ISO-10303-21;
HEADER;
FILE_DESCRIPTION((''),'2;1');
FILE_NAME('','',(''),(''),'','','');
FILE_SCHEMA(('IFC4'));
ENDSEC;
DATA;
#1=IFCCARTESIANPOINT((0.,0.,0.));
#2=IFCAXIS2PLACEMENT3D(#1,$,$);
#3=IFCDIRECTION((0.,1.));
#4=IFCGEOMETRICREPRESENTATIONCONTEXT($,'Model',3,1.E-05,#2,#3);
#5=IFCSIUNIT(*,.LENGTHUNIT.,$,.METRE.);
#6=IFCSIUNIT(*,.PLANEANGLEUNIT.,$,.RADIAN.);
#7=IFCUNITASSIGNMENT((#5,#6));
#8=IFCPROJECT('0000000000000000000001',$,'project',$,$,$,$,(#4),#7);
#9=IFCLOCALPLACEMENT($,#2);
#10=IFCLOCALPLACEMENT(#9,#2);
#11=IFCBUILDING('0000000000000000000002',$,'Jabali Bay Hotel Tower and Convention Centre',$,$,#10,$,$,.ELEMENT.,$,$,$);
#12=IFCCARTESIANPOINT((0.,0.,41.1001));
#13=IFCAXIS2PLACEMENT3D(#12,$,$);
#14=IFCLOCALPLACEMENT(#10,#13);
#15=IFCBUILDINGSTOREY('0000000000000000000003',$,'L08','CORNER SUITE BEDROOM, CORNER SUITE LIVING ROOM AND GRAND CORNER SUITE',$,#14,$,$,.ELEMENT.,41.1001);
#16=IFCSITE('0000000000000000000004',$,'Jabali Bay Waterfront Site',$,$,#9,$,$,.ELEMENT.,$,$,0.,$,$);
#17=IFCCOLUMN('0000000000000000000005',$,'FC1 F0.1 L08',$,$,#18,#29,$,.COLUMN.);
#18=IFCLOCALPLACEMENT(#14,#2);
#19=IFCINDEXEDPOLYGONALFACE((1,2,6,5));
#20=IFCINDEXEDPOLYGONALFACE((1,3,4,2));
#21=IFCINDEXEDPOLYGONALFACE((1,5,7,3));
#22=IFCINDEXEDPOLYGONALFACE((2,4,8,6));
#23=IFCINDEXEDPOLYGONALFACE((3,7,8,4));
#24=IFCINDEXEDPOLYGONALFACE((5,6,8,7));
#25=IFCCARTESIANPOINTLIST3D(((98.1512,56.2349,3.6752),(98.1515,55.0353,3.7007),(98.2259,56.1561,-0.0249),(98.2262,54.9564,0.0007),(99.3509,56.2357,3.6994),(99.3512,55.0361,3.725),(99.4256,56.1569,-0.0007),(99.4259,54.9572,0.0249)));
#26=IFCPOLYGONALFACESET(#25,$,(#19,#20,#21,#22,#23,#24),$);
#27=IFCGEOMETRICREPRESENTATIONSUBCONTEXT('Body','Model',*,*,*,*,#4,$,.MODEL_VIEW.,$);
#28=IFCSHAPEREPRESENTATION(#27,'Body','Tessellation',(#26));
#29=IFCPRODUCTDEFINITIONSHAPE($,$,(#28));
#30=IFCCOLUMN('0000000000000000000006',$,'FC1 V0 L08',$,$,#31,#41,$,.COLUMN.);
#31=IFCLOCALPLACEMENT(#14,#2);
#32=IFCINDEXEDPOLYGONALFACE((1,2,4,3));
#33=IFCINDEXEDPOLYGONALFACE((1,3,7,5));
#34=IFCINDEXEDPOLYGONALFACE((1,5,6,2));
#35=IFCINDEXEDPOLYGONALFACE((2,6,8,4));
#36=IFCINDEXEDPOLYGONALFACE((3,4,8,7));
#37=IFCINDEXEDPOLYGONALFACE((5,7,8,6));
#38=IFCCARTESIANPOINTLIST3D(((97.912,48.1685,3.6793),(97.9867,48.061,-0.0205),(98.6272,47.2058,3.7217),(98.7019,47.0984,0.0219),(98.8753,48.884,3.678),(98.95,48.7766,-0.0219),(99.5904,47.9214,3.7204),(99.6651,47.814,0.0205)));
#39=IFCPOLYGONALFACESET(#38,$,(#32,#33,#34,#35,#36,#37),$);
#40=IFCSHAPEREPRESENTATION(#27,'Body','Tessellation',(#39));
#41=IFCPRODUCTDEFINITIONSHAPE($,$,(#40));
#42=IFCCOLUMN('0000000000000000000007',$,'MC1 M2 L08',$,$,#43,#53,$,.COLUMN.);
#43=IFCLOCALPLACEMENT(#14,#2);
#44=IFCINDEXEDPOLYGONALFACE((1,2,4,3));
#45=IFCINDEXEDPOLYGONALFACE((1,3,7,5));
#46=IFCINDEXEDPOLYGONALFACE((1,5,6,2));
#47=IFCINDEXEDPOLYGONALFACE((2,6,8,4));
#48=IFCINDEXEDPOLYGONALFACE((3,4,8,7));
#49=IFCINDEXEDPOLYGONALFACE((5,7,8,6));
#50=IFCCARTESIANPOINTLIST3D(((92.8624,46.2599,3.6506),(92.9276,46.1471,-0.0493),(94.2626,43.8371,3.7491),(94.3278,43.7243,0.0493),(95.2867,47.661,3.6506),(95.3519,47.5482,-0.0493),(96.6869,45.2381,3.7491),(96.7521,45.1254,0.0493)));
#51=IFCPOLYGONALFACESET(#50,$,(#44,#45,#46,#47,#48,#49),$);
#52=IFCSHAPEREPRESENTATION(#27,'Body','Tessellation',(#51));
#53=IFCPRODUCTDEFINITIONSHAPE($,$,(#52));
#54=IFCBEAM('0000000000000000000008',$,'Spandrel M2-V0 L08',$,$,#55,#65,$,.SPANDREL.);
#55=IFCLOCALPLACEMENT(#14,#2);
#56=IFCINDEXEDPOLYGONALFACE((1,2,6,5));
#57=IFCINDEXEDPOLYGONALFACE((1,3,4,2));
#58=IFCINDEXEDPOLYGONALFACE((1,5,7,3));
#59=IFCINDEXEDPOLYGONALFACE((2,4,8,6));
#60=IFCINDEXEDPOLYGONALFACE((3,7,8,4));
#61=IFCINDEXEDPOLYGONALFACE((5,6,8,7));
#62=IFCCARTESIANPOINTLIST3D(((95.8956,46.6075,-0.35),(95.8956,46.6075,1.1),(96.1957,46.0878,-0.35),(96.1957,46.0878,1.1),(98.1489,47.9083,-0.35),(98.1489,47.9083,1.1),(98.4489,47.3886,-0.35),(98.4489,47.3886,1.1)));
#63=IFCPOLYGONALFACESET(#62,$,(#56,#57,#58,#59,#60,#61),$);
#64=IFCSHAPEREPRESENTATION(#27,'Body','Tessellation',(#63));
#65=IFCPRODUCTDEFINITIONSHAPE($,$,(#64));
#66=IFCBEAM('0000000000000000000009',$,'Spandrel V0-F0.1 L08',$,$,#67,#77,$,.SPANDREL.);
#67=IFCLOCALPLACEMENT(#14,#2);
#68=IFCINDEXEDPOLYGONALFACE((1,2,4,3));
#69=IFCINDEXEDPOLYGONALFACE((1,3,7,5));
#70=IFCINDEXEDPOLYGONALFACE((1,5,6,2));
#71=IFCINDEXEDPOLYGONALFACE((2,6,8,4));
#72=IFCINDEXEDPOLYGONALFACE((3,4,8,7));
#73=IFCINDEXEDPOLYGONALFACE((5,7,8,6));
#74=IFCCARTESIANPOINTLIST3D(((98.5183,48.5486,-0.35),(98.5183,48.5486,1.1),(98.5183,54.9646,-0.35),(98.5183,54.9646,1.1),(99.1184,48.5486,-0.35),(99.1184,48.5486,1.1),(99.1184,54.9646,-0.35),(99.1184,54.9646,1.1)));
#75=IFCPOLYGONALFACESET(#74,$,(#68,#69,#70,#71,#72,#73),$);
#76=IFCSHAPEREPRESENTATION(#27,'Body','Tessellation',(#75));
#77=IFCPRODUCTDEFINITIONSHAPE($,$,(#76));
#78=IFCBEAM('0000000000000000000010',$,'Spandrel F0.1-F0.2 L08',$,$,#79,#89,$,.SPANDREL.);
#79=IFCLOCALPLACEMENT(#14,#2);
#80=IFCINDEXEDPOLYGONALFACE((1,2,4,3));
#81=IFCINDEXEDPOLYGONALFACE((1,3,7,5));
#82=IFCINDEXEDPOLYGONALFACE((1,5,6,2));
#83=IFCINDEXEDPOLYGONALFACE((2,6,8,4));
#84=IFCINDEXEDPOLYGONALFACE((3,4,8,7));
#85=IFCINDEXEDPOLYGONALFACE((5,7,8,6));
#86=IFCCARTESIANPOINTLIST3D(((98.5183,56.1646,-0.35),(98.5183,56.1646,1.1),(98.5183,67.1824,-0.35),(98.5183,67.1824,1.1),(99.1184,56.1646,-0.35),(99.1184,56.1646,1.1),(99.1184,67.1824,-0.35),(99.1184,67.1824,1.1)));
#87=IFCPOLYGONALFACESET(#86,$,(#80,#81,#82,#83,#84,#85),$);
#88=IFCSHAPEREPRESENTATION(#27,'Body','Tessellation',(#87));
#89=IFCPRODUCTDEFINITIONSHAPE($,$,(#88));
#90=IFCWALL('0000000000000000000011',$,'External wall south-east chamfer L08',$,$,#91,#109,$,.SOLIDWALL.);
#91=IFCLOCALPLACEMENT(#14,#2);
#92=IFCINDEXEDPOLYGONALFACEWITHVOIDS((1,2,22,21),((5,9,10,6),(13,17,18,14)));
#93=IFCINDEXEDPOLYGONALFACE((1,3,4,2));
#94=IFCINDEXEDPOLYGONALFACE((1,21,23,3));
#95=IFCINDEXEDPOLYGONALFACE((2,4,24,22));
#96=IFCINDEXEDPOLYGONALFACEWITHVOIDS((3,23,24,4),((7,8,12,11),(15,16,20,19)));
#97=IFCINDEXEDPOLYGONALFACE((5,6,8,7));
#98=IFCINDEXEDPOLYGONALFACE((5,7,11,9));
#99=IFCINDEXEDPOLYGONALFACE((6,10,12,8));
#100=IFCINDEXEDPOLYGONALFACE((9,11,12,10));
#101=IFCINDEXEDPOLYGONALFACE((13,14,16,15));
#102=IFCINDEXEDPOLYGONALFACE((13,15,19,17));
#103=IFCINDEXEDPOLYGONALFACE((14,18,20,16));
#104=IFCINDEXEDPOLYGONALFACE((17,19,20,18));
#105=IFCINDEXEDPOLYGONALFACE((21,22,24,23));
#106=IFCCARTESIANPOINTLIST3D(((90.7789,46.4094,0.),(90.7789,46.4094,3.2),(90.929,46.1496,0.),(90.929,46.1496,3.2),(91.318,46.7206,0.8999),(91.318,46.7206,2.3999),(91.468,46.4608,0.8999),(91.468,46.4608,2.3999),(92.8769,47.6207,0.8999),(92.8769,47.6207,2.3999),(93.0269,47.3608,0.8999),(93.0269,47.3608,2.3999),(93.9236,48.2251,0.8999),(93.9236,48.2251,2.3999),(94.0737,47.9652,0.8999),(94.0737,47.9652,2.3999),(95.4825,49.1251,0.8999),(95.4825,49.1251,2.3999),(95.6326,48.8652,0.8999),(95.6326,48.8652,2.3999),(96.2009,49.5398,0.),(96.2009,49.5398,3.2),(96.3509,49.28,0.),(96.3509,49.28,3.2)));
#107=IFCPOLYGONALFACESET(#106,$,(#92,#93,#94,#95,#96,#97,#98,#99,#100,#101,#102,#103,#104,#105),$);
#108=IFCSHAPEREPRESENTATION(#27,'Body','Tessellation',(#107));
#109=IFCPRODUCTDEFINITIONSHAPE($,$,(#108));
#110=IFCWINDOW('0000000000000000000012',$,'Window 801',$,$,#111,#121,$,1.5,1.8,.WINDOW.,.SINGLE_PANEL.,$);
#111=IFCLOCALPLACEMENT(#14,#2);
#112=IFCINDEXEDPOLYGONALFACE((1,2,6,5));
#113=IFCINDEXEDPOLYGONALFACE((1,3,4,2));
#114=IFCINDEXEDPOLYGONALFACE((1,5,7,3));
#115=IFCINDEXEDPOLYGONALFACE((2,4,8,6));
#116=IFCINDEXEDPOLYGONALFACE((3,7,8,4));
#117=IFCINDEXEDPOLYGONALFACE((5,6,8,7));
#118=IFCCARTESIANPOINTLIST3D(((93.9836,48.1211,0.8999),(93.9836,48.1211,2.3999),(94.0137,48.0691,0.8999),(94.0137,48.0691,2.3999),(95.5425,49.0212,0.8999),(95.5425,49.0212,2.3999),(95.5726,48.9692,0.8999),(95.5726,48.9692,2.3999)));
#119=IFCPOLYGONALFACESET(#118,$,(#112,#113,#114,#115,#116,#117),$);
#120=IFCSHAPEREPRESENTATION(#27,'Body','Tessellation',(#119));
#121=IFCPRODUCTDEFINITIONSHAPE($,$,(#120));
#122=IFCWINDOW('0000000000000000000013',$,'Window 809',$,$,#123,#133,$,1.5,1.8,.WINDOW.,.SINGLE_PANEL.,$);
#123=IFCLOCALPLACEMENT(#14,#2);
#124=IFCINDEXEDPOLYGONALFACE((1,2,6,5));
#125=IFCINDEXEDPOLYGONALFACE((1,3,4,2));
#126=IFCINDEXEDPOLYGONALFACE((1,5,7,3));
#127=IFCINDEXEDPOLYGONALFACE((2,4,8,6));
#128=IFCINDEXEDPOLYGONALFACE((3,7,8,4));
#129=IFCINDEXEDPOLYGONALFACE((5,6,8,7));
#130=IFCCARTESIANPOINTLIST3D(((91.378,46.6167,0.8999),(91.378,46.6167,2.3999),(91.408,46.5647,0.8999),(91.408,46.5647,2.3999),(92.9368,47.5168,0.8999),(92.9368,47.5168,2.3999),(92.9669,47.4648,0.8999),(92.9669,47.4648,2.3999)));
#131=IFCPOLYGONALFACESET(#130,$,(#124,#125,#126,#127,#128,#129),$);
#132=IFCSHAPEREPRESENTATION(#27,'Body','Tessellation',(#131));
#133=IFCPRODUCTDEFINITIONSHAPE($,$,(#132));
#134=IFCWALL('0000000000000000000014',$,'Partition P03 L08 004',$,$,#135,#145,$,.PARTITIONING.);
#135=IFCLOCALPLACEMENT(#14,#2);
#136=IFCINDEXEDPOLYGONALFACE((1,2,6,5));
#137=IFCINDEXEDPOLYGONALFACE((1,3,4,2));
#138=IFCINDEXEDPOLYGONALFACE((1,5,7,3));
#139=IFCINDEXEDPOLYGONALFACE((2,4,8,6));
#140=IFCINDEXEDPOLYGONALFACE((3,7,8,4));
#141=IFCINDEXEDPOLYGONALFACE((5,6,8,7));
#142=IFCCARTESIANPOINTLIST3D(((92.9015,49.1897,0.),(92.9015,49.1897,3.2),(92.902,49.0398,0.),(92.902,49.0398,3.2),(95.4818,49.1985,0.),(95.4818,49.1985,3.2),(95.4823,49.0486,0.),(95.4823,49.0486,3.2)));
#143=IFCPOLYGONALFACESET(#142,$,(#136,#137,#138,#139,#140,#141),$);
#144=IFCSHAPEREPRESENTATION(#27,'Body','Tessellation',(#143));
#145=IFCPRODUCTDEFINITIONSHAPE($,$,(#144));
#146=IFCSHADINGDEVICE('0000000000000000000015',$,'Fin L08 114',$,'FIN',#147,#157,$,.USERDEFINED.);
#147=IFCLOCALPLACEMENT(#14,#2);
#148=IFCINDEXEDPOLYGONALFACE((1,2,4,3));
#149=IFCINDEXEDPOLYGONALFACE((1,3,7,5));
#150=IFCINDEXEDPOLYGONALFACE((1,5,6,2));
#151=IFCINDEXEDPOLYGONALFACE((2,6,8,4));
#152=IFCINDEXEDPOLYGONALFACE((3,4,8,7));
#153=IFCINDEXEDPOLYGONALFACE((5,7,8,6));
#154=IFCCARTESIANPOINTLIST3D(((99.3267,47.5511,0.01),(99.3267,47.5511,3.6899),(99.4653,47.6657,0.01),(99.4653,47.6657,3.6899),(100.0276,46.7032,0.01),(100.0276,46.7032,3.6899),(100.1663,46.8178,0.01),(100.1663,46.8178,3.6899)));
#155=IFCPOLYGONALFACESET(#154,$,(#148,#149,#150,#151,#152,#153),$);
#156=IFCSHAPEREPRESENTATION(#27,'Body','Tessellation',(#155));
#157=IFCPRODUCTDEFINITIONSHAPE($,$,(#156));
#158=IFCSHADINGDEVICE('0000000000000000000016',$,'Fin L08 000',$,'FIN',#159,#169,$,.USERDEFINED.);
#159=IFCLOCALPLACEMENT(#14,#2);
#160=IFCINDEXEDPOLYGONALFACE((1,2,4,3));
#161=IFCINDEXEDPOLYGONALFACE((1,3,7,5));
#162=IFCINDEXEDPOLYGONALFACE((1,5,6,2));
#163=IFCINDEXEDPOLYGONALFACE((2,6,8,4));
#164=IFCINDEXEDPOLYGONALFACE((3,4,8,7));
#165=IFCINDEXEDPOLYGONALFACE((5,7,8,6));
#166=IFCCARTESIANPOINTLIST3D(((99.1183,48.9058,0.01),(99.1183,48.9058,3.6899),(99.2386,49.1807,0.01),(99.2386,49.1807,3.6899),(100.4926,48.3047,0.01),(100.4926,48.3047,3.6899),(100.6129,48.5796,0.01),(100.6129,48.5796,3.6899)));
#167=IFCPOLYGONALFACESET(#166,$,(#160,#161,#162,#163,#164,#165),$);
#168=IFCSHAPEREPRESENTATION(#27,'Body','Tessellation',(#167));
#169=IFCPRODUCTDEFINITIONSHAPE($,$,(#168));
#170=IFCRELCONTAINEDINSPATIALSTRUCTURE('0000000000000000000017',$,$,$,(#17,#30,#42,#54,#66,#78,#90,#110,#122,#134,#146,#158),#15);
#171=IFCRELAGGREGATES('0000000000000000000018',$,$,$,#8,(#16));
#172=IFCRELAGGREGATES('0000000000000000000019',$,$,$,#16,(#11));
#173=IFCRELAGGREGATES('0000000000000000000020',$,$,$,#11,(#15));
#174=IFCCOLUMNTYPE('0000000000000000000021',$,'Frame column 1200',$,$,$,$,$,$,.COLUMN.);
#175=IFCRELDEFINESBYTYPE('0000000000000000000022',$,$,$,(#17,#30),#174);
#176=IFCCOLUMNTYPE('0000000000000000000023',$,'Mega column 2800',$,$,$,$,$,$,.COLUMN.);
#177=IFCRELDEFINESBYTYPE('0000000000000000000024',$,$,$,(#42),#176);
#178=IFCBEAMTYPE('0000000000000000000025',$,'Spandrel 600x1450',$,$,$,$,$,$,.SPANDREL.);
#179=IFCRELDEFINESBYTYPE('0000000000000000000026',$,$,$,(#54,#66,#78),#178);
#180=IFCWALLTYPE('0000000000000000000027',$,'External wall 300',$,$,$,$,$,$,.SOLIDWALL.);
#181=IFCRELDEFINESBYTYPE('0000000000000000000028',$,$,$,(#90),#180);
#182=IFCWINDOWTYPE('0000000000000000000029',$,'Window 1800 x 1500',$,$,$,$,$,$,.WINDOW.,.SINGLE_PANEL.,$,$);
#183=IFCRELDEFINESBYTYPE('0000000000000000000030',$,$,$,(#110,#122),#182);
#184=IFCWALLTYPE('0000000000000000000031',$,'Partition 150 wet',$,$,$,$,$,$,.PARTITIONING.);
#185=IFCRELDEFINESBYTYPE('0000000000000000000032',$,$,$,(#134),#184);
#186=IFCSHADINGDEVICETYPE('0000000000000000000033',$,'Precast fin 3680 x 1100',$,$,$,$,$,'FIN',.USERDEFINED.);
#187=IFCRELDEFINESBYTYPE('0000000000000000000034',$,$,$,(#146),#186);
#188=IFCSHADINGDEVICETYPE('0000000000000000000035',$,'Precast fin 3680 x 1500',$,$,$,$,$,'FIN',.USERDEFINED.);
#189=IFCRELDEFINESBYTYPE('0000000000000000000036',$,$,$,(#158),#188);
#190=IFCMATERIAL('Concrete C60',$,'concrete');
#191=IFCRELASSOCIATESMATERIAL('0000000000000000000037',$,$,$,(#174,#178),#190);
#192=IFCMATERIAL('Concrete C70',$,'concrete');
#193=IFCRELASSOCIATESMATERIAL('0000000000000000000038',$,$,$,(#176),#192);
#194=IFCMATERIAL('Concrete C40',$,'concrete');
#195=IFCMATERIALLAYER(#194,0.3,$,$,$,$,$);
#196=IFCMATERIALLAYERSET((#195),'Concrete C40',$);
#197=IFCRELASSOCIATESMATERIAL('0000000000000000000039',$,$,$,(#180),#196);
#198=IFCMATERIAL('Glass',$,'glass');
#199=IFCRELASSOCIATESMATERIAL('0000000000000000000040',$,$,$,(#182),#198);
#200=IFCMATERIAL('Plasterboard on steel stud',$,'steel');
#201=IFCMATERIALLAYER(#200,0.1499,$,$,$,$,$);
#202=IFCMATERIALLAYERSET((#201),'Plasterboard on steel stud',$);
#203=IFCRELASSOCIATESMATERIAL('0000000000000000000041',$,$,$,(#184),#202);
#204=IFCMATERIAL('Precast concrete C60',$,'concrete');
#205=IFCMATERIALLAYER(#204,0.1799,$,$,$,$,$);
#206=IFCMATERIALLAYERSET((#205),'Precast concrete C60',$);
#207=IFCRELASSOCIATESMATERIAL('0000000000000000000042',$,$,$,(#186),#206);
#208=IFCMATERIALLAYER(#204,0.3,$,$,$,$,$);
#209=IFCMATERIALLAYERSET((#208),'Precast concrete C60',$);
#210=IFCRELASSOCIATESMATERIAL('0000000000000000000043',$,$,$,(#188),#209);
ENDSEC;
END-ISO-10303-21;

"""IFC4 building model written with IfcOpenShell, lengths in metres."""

from ifc_helpers import new_model, si_unit, direction, frame, frame_2d, origin, origin_2d, place, context, subcontext, project, spatial, rectangle, extrude, material, layer, layer_set, material_profile, profile_set, type_object, element, fill, save


model = new_model("IFC4")

# Units and contexts
model_context = context("Model", 3, precision=1e-05, world=origin(), true_north=direction((0.0, 1.0)))
body_context = subcontext(model_context, "Body", "Model", "MODEL_VIEW")
ifc_project = project(units=[si_unit("LENGTHUNIT", "METRE"), si_unit("PLANEANGLEUNIT", "RADIAN")], contexts=[model_context])

# Site, building, storey
site_placement = place(None, origin())
site = spatial("IfcSite", under=ifc_project, at=site_placement, Name="Jabali Bay Waterfront Site", CompositionType="ELEMENT", RefElevation=0.0)
building_placement = place(site_placement, origin())
building = spatial("IfcBuilding", under=site, at=building_placement, Name="Jabali Bay Hotel Tower and Convention Centre", CompositionType="ELEMENT")
storey_placement = place(building_placement, frame((0.0, 0.0, 41.1001)))
storey = spatial("IfcBuildingStorey", under=building, at=storey_placement, Name="L08", Description="CORNER SUITE BEDROOM, CORNER SUITE LIVING ROOM AND GRAND CORNER SUITE", CompositionType="ELEMENT", Elevation=41.1001)

# Columns
ifc_material_1 = material(Name="Concrete C60", Category="concrete")
ifc_material_profile_1 = material_profile(ifc_material_1, rectangle(XDim=1.2, YDim=1.2, at=origin_2d()), Name="Frame column 1200")
ifc_profile_set_1 = profile_set([ifc_material_profile_1], Name="Concrete C60")
column_type_1 = type_object("IfcColumnType", Name="Frame column 1200", PredefinedType="COLUMN", material=ifc_profile_set_1)
column_1_placement = place(storey_placement, frame((98.8259, 55.5566, 0.0), z_axis=(-0.020183, 0.021304, 0.999569), x_axis=(0.000228, -0.999773, 0.021313)))
element("IfcColumn", 1, at=column_1_placement, inside=storey, type_object=column_type_1, Name="FC1 F0.1 L08", PredefinedType="COLUMN", context=body_context, shape_type="SweptSolid", body=[
    extrude(rectangle(XDim=1.2, YDim=1.2, at=origin_2d()), origin(), (0.0, 0.0, 1.0), 3.7017),
])
column_2_placement = place(storey_placement, frame((98.8259, 47.9375, 0.0), z_axis=(-0.020179, 0.029015, 0.999375), x_axis=(-0.802752, -0.596311, 0.001104)))
element("IfcColumn", 2, at=column_2_placement, inside=storey, type_object=column_type_1, Name="FC1 V0 L08", PredefinedType="COLUMN", context=body_context, shape_type="SweptSolid", body=[
    extrude(rectangle(XDim=1.2, YDim=1.2, at=origin_2d()), origin(), (0.0, 0.0, 1.0), 3.7021),
])
ifc_material_2 = material(Name="Concrete C70", Category="concrete")
ifc_material_profile_2 = material_profile(ifc_material_2, rectangle(XDim=2.8, YDim=2.8, at=origin_2d()), Name="Mega column 2800")
ifc_profile_set_2 = profile_set([ifc_material_profile_2], Name="Concrete C70")
column_type_2 = type_object("IfcColumnType", Name="Mega column 2800", PredefinedType="COLUMN", material=ifc_profile_set_2)
column_3_placement = place(storey_placement, frame((94.8398, 45.6362, 0.0), z_axis=(-0.017607, 0.030466, 0.999381), x_axis=(0.500061, -0.865275, 0.035188)))
element("IfcColumn", 3, at=column_3_placement, inside=storey, type_object=column_type_2, Name="MC1 M2 L08", PredefinedType="COLUMN", context=body_context, shape_type="SweptSolid", body=[
    extrude(rectangle(XDim=2.8, YDim=2.8, at=origin_2d()), origin(), (0.0, 0.0, 1.0), 3.7021),
])

# Beams
ifc_material_profile_3 = material_profile(ifc_material_1, rectangle(XDim=0.6001, YDim=1.45, at=origin_2d()), Name="Spandrel 600x1450")
ifc_profile_set_3 = profile_set([ifc_material_profile_3], Name="Concrete C60")
beam_type = type_object("IfcBeamType", Name="Spandrel 600x1450", PredefinedType="SPANDREL", material=ifc_profile_set_3)
beam_1_placement = place(storey_placement, frame((96.0457, 46.3477, 0.375), z_axis=(0.86604, 0.499974, 0.0), x_axis=(-0.499974, 0.86604, 0.0)))
element("IfcBeam", 4, at=beam_1_placement, inside=storey, type_object=beam_type, Name="Spandrel M2-V0 L08", PredefinedType="SPANDREL", context=body_context, shape_type="SweptSolid", body=[
    extrude(rectangle(XDim=0.6001, YDim=1.45, at=origin_2d()), origin(), (0.0, 0.0, 1.0), 2.6018),
])
beam_2_placement = place(storey_placement, frame((98.8184, 48.5486, 0.375), z_axis=(0.0, 1.0, 0.0), x_axis=(-1.0, 0.0, 0.0)))
element("IfcBeam", 5, at=beam_2_placement, inside=storey, type_object=beam_type, Name="Spandrel V0-F0.1 L08", PredefinedType="SPANDREL", context=body_context, shape_type="SweptSolid", body=[
    extrude(rectangle(XDim=0.6001, YDim=1.45, at=origin_2d()), origin(), (0.0, 0.0, 1.0), 6.416),
])
beam_3_placement = place(storey_placement, frame((98.8184, 56.1646, 0.375), z_axis=(0.0, 1.0, 0.0), x_axis=(-1.0, 0.0, 0.0)))
element("IfcBeam", 6, at=beam_3_placement, inside=storey, type_object=beam_type, Name="Spandrel F0.1-F0.2 L08", PredefinedType="SPANDREL", context=body_context, shape_type="SweptSolid", body=[
    extrude(rectangle(XDim=0.6001, YDim=1.45, at=origin_2d()), origin(), (0.0, 0.0, 1.0), 11.0178),
])

# Wall, openings, windows
ifc_material_3 = material(Name="Concrete C40", Category="concrete")
ifc_layer_1 = layer(ifc_material_3, 0.3)
ifc_layer_set_1 = layer_set([ifc_layer_1], Name="Concrete C40")
wall_type_1 = type_object("IfcWallType", Name="External wall 300", PredefinedType="SOLIDWALL", material=ifc_layer_set_1)
wall_1_placement = place(storey_placement, frame((96.2759, 49.4099, 0.0), z_axis=(0.0, 0.0, 1.0), x_axis=(-0.866022, -0.500006, 0.0)))
wall_1 = element("IfcWall", 7, at=wall_1_placement, inside=storey, type_object=wall_type_1, Name="External wall south-east chamfer L08", PredefinedType="SOLIDWALL", context=body_context, shape_type="SweptSolid", body=[
    extrude(rectangle(XDim=6.2607, YDim=0.3, at=frame_2d((3.1304, 0.0))), origin(), (0.0, 0.0, 1.0), 3.2),
])
opening_1_placement = place(wall_1_placement, frame((0.8296, 0.0, 0.8999)))
opening_1 = element("IfcOpeningElement", 8, at=opening_1_placement, cuts=wall_1, PredefinedType="OPENING", context=body_context, shape_type="SweptSolid", body=[
    extrude(rectangle(XDim=1.8, YDim=1.5, at=frame_2d((0.8999, 0.75))), frame((0.0, 0.1606, 0.0), z_axis=(0.0, -1.0, 0.0), x_axis=(1.0, 0.0, 0.0)), (0.0, 0.0, 1.0), 0.321),
])
opening_2_placement = place(wall_1_placement, frame((3.8384, 0.0, 0.8999)))
opening_2 = element("IfcOpeningElement", 9, at=opening_2_placement, cuts=wall_1, PredefinedType="OPENING", context=body_context, shape_type="SweptSolid", body=[
    extrude(rectangle(XDim=1.8, YDim=1.5, at=frame_2d((0.8999, 0.75))), frame((0.0, 0.1606, 0.0), z_axis=(0.0, -1.0, 0.0), x_axis=(1.0, 0.0, 0.0)), (0.0, 0.0, 1.0), 0.321),
])
ifc_material_4 = material(Name="Glass", Category="glass")
window_type = type_object("IfcWindowType", Name="Window 1800 x 1500", PartitioningType="SINGLE_PANEL", PredefinedType="WINDOW", material=ifc_material_4)
window_1_placement = place(opening_1_placement, origin())
window_1 = element("IfcWindow", 10, at=window_1_placement, inside=storey, type_object=window_type, Name="Window 801", OverallHeight=1.5, OverallWidth=1.8, PartitioningType="SINGLE_PANEL", PredefinedType="WINDOW", context=body_context, shape_type="SweptSolid", body=[
    extrude(rectangle(XDim=1.8, YDim=1.5, at=frame_2d((0.8999, 0.75))), frame((0.0, 0.03, 0.0), z_axis=(0.0, -1.0, 0.0), x_axis=(1.0, 0.0, 0.0)), (0.0, 0.0, 1.0), 0.0601),
])
fill(opening_1, window_1)
window_2_placement = place(opening_2_placement, origin())
window_2 = element("IfcWindow", 11, at=window_2_placement, inside=storey, type_object=window_type, Name="Window 809", OverallHeight=1.5, OverallWidth=1.8, PartitioningType="SINGLE_PANEL", PredefinedType="WINDOW", context=body_context, shape_type="SweptSolid", body=[
    extrude(rectangle(XDim=1.8, YDim=1.5, at=frame_2d((0.8999, 0.75))), frame((0.0, 0.03, 0.0), z_axis=(0.0, -1.0, 0.0), x_axis=(1.0, 0.0, 0.0)), (0.0, 0.0, 1.0), 0.0601),
])
fill(opening_2, window_2)

# Wall
ifc_material_5 = material(Name="Plasterboard on steel stud", Category="steel")
ifc_layer_2 = layer(ifc_material_5, 0.1499)
ifc_layer_set_2 = layer_set([ifc_layer_2], Name="Plasterboard on steel stud")
wall_type_2 = type_object("IfcWallType", Name="Partition 150 wet", PredefinedType="PARTITIONING", material=ifc_layer_set_2)
wall_2_placement = place(storey_placement, frame((95.4819, 49.1235, 0.0), z_axis=(0.0, 0.0, 1.0), x_axis=(-0.999994, -0.003406, 0.0)))
element("IfcWall", 12, at=wall_2_placement, inside=storey, type_object=wall_type_2, Name="Partition P03 L08 004", PredefinedType="PARTITIONING", context=body_context, shape_type="SweptSolid", body=[
    extrude(rectangle(XDim=2.5803, YDim=0.1499, at=frame_2d((1.29, 0.0))), origin(), (0.0, 0.0, 1.0), 3.2),
])

# Shading devices
ifc_material_6 = material(Name="Precast concrete C60", Category="concrete")
ifc_layer_3 = layer(ifc_material_6, 0.1799)
ifc_layer_set_3 = layer_set([ifc_layer_3], Name="Precast concrete C60")
shading_device_type_1 = type_object("IfcShadingDeviceType", Name="Precast fin 3680 x 1100", ElementType="FIN", PredefinedType="USERDEFINED", material=ifc_layer_set_3)
shading_device_1_placement = place(storey_placement, frame((99.396, 47.6084, 0.01), z_axis=(0.0, 0.0, 1.0), x_axis=(0.637145, -0.770744, 0.0)))
element("IfcShadingDevice", 13, at=shading_device_1_placement, inside=storey, type_object=shading_device_type_1, Name="Fin L08 114", ObjectType="FIN", PredefinedType="USERDEFINED", context=body_context, shape_type="SweptSolid", body=[
    extrude(rectangle(XDim=1.1001, YDim=0.1799, at=frame_2d((0.55, 0.0))), origin(), (0.0, 0.0, 1.0), 3.6799),
])
ifc_layer_4 = layer(ifc_material_6, 0.3)
ifc_layer_set_4 = layer_set([ifc_layer_4], Name="Precast concrete C60")
shading_device_type_2 = type_object("IfcShadingDeviceType", Name="Precast fin 3680 x 1500", ElementType="FIN", PredefinedType="USERDEFINED", material=ifc_layer_set_4)
for number, where, z_axis, x_axis, name in (
    (14, (99.1785, 49.0432, 0.01), (0.0, 0.0, 1.0), (0.916198, -0.400725, 0.0), "Fin L08 000"),
):
    element("IfcShadingDevice", number, at=place(storey_placement, frame(where, z_axis=z_axis, x_axis=x_axis)), inside=storey, type_object=shading_device_type_2, Name=name, ObjectType="FIN", PredefinedType="USERDEFINED", context=body_context, shape_type="SweptSolid", body=[
        extrude(rectangle(XDim=1.5, YDim=0.3, at=frame_2d((0.75, 0.0))), origin(), (0.0, 0.0, 1.0), 3.6799),
    ])

save(model, "model.ifc")
